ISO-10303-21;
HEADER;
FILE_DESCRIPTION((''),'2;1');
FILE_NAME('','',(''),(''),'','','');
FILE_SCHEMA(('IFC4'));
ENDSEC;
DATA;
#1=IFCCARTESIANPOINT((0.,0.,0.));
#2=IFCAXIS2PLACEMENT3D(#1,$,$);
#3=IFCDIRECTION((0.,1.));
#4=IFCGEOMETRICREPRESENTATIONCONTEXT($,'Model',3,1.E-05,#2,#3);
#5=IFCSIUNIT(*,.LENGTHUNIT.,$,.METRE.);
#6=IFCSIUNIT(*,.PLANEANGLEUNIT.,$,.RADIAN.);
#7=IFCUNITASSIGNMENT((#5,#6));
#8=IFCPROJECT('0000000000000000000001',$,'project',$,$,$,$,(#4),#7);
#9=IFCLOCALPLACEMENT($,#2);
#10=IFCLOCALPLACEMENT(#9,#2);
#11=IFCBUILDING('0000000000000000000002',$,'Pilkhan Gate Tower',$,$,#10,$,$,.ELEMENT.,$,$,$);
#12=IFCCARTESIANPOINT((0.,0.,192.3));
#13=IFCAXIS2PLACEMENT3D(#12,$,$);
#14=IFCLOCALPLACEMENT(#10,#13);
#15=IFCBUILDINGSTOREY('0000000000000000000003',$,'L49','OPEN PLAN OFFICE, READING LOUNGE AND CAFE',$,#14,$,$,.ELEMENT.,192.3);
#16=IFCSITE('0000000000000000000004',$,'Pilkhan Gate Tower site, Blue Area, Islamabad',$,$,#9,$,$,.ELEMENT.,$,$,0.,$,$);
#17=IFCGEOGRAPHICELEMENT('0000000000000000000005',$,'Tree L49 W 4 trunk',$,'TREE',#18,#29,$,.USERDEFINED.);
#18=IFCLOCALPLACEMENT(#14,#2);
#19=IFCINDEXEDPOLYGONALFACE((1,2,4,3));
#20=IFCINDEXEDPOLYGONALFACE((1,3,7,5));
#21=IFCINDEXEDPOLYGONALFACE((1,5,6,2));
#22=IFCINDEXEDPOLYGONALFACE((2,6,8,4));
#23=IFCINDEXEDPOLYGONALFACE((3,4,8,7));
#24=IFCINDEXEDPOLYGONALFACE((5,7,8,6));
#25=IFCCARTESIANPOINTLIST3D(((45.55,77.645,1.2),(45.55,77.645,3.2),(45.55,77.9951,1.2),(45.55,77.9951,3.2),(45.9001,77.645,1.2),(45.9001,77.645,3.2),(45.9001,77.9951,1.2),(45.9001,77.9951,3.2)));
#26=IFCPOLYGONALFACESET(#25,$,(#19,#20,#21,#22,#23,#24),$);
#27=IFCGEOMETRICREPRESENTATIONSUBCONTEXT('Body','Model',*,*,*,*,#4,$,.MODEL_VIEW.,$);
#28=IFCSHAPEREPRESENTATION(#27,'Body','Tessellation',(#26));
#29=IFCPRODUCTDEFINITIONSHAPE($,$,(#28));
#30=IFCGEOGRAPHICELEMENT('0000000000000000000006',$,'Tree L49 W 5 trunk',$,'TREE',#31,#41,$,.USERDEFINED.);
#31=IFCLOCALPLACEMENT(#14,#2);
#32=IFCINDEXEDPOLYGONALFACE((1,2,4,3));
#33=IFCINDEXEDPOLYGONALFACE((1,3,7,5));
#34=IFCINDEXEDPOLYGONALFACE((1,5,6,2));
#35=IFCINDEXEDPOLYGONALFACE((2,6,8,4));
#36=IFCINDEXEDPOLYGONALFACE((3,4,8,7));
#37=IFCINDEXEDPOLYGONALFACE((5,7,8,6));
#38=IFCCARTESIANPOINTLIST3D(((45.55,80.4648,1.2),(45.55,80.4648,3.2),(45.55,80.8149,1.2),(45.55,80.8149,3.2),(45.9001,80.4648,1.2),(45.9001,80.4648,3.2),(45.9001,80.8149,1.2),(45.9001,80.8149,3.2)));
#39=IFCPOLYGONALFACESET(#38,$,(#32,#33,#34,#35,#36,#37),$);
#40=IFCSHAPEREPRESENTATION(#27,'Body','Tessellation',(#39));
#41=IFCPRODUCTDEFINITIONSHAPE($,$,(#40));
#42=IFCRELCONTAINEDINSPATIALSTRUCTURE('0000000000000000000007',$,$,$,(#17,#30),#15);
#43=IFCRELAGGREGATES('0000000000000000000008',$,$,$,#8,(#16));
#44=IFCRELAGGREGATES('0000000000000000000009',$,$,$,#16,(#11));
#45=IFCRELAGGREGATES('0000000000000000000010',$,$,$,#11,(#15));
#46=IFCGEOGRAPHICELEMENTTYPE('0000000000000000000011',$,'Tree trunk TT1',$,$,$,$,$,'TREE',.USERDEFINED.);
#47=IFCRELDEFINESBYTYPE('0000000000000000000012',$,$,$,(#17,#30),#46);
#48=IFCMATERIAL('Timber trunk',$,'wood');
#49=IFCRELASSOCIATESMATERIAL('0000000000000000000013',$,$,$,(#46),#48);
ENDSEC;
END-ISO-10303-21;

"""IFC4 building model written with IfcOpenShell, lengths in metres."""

from ifc_helpers import new_model, si_unit, direction, frame, origin, origin_2d, place, context, subcontext, project, spatial, rectangle, extrude, material, type_object, element, save


model = new_model("IFC4")

# Units and contexts
model_context = context("Model", 3, precision=1e-05, world=origin(), true_north=direction((0.0, 1.0)))
body_context = subcontext(model_context, "Body", "Model", "MODEL_VIEW")
ifc_project = project(units=[si_unit("LENGTHUNIT", "METRE"), si_unit("PLANEANGLEUNIT", "RADIAN")], contexts=[model_context])

# Site, building, storey
site_placement = place(None, origin())
site = spatial("IfcSite", under=ifc_project, at=site_placement, Name="Pilkhan Gate Tower site, Blue Area, Islamabad", CompositionType="ELEMENT", RefElevation=0.0)
building_placement = place(site_placement, origin())
building = spatial("IfcBuilding", under=site, at=building_placement, Name="Pilkhan Gate Tower", CompositionType="ELEMENT")
storey_placement = place(building_placement, frame((0.0, 0.0, 192.3)))
storey = spatial("IfcBuildingStorey", under=building, at=storey_placement, Name="L49", Description="OPEN PLAN OFFICE, READING LOUNGE AND CAFE", CompositionType="ELEMENT", Elevation=192.3)

# Geographic elements
ifc_material_1 = material(Name="Timber trunk", Category="wood")
geographic_element_type_1 = type_object("IfcGeographicElementType", Name="Tree trunk TT1", ElementType="TREE", PredefinedType="USERDEFINED", material=ifc_material_1)
for number, where, z_axis, x_axis, name in (
    (1, (45.7251, 77.8201, 1.2), (0.0, 0.0, 1.0), (1.0, 0.0, 0.0), "Tree L49 W 4 trunk"),
    (2, (45.7251, 80.6399, 1.2), (0.0, 0.0, 1.0), (1.0, 0.0, 0.0), "Tree L49 W 5 trunk"),
):
    element("IfcGeographicElement", number, at=place(storey_placement, frame(where, z_axis=z_axis, x_axis=x_axis)), inside=storey, type_object=geographic_element_type_1, Name=name, ObjectType="TREE", PredefinedType="USERDEFINED", context=body_context, shape_type="SweptSolid", body=[
        extrude(rectangle(XDim=0.3501, YDim=0.3501, at=origin_2d()), origin(), (0.0, 0.0, 1.0), 2.0),
    ])

save(model, "model.ifc")
